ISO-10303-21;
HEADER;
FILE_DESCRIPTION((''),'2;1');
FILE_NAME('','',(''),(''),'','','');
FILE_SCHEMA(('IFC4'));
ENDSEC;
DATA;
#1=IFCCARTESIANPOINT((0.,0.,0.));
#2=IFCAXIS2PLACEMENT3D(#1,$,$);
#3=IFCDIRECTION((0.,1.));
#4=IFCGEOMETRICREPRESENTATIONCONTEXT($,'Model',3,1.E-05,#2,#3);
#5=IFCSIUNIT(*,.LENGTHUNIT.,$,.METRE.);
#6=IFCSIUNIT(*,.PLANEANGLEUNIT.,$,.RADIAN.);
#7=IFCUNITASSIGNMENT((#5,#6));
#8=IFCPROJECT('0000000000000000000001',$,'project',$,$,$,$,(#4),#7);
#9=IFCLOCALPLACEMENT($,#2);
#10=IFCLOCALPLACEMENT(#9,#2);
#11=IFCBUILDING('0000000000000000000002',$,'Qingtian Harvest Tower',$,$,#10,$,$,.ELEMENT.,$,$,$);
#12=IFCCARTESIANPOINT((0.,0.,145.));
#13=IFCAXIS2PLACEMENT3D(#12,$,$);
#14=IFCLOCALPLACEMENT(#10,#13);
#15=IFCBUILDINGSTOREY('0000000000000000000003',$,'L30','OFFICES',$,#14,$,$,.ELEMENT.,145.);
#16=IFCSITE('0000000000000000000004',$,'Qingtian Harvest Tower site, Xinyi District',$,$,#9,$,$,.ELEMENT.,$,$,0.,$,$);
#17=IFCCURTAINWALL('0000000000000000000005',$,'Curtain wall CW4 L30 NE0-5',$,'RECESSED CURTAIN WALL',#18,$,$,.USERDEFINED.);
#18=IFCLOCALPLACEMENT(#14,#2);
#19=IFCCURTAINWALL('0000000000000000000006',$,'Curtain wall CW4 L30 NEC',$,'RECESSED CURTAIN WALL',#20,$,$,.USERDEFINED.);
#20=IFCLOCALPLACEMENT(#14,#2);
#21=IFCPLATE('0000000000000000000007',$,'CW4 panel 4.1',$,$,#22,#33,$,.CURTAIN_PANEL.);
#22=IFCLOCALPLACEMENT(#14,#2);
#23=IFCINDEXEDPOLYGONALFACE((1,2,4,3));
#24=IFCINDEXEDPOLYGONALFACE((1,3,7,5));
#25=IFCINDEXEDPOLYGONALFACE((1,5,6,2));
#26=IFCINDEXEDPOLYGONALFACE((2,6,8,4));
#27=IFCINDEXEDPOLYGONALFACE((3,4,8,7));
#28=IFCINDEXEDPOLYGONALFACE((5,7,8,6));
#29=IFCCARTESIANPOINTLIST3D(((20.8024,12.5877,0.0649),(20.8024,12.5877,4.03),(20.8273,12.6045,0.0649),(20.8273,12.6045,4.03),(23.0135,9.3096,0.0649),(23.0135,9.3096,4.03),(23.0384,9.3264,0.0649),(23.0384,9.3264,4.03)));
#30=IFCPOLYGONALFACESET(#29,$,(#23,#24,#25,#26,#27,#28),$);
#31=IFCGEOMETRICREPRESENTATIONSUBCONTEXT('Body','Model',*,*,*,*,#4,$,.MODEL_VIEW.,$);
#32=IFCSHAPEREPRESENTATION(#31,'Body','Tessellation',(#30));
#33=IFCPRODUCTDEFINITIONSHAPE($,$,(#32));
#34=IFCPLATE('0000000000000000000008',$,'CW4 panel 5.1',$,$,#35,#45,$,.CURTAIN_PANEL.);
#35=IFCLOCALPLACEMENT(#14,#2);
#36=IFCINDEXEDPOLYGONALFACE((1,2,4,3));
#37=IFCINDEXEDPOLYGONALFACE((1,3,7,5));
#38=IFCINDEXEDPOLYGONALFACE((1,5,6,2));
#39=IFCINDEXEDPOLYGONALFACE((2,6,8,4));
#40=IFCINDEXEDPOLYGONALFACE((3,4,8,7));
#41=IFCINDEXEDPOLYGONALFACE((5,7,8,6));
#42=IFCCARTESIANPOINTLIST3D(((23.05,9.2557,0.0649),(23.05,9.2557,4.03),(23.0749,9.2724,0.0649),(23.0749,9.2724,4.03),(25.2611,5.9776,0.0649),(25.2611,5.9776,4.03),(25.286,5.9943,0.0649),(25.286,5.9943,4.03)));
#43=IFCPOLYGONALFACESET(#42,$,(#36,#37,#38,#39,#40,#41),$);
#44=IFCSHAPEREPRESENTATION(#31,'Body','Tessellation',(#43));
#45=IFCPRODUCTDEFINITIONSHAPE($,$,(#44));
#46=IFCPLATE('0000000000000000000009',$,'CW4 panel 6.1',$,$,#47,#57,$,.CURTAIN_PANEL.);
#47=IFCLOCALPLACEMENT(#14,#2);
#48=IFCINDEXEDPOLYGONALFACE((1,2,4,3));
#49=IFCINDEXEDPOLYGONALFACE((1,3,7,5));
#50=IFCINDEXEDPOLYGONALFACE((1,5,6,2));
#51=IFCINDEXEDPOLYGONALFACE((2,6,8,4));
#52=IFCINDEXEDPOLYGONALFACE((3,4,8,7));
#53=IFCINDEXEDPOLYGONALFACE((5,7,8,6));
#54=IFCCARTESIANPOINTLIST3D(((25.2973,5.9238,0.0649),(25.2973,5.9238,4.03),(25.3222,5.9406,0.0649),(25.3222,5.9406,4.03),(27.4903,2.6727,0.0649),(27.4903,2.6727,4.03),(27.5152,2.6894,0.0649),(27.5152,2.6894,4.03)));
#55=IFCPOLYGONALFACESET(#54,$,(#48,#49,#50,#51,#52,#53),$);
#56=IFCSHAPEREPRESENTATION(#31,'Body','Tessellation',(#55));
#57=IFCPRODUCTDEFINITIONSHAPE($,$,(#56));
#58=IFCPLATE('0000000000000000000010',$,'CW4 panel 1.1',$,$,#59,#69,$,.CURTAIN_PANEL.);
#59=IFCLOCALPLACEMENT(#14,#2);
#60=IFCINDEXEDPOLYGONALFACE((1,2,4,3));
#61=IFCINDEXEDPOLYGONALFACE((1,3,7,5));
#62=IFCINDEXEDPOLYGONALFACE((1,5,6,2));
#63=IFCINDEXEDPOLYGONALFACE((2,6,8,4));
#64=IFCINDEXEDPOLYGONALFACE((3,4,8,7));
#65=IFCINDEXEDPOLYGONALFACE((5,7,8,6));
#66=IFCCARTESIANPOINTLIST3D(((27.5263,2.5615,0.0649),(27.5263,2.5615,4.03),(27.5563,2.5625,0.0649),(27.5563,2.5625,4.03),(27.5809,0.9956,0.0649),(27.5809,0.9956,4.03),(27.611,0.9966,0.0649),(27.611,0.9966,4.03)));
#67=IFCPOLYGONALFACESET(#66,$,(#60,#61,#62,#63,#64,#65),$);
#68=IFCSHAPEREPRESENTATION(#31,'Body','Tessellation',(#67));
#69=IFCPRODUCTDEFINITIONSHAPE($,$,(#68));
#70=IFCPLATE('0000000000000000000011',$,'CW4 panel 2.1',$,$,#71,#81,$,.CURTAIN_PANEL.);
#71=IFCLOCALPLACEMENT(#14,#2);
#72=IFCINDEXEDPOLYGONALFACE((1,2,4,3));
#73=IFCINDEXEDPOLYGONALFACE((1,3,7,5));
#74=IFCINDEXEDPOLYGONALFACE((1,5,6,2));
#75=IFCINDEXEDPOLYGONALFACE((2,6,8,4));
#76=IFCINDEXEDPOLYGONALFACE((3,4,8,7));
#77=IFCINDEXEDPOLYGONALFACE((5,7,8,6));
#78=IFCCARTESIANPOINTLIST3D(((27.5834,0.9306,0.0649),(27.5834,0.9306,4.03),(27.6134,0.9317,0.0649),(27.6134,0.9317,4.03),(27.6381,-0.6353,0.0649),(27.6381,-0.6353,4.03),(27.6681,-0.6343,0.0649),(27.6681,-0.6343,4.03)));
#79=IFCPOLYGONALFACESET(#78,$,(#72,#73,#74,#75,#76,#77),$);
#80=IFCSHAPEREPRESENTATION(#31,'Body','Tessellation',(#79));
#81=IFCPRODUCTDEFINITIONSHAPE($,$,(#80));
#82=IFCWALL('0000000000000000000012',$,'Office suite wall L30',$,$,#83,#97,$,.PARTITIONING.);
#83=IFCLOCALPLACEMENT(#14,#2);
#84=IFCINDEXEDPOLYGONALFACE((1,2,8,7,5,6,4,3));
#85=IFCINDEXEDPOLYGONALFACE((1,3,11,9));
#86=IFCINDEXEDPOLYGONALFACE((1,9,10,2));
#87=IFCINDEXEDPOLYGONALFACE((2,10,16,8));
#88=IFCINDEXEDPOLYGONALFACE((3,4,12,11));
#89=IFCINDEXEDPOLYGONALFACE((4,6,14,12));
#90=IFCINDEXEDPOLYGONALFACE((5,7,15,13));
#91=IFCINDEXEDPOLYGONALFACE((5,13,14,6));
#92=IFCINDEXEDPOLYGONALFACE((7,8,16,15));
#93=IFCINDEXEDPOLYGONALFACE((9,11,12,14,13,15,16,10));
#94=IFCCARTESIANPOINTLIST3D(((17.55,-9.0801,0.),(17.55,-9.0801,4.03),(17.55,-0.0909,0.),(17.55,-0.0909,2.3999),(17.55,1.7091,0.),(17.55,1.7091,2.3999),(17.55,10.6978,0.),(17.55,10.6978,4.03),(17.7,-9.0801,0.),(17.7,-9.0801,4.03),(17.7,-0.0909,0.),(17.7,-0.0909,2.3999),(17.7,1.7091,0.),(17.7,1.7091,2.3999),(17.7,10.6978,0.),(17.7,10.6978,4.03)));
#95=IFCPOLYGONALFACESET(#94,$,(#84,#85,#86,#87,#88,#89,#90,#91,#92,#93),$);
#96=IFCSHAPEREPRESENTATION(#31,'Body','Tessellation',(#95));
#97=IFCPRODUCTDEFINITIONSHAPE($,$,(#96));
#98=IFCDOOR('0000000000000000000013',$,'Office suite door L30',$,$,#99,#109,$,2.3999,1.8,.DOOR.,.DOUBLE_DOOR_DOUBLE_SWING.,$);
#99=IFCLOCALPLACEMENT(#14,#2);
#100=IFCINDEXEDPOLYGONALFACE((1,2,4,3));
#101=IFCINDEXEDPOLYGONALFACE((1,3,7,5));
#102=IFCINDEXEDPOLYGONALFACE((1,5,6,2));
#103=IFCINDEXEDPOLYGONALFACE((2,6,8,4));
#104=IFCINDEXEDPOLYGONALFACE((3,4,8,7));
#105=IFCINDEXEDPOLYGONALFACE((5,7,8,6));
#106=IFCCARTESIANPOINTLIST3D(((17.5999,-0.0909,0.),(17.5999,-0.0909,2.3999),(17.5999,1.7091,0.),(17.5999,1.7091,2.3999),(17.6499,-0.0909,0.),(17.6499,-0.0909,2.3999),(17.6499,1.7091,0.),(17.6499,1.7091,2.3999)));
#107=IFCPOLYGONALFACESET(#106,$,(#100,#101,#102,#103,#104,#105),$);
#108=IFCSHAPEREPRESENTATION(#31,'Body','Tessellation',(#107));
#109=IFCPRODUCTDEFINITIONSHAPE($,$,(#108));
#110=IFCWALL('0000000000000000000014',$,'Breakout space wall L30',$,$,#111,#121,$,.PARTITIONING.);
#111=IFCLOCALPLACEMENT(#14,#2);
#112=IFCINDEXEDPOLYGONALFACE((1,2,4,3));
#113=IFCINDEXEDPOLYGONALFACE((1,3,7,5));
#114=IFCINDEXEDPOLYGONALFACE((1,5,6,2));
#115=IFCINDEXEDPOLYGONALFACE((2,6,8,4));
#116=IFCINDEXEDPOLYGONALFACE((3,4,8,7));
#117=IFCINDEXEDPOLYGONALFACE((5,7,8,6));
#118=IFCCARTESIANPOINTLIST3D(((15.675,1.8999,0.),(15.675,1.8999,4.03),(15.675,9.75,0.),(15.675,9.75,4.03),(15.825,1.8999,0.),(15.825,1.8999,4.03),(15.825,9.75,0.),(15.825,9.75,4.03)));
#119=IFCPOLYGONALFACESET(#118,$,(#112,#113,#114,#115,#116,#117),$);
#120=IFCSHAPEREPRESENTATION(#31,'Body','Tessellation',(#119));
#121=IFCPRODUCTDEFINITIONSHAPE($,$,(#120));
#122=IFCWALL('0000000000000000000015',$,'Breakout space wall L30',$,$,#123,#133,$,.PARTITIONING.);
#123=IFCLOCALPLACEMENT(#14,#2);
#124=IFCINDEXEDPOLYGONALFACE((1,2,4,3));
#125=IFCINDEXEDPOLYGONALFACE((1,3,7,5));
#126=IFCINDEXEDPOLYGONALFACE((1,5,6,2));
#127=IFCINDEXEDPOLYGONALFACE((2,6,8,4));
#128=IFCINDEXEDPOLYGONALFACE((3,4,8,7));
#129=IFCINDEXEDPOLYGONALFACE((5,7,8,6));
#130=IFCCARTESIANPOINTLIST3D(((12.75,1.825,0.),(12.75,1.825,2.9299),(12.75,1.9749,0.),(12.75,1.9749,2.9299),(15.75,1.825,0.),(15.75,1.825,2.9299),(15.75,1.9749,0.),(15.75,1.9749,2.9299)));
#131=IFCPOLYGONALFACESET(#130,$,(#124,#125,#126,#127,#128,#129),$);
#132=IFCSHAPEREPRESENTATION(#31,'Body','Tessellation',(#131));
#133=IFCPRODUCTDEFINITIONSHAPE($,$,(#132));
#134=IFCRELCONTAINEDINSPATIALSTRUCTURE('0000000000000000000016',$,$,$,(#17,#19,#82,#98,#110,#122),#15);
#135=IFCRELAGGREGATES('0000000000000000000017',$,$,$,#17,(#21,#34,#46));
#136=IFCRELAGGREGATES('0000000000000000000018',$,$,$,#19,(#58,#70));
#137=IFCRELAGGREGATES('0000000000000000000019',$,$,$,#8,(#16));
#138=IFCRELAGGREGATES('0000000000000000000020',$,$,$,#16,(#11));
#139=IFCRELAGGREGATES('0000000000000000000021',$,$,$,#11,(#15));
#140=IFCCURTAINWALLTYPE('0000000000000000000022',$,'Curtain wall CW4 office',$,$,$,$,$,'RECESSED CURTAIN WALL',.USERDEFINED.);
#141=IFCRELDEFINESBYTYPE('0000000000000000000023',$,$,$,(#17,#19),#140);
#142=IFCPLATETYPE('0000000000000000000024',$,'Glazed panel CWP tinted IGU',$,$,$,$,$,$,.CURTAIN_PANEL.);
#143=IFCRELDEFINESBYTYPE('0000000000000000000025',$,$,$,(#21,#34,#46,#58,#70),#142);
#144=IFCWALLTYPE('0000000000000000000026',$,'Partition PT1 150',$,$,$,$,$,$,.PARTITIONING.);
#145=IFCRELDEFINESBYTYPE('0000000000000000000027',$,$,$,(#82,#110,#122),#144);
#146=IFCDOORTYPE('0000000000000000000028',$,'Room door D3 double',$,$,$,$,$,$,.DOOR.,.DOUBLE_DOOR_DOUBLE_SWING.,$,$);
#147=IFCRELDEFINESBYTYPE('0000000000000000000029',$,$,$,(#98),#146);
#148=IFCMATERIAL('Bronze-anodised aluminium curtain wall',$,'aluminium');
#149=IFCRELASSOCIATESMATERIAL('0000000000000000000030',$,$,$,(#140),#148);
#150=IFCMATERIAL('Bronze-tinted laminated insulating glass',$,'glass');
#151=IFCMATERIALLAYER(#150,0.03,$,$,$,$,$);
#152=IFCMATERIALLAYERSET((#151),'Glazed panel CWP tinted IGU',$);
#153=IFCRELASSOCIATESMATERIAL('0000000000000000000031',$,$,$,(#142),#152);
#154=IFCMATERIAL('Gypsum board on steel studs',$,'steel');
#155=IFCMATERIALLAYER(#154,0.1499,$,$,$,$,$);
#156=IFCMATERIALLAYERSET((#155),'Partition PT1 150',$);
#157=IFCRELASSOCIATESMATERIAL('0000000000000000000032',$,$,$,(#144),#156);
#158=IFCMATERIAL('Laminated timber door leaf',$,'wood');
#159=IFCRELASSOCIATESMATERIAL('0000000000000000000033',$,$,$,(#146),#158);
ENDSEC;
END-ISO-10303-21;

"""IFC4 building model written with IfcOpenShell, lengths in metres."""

from ifc_helpers import new_model, si_unit, direction, frame, frame_2d, origin, origin_2d, place, context, subcontext, project, spatial, rectangle, extrude, material, layer, layer_set, type_object, element, fill, aggregate, save


model = new_model("IFC4")

# Units and contexts
model_context = context("Model", 3, precision=1e-05, world=origin(), true_north=direction((0.0, 1.0)))
body_context = subcontext(model_context, "Body", "Model", "MODEL_VIEW")
ifc_project = project(units=[si_unit("LENGTHUNIT", "METRE"), si_unit("PLANEANGLEUNIT", "RADIAN")], contexts=[model_context])

# Site, building, storey
site_placement = place(None, origin())
site = spatial("IfcSite", under=ifc_project, at=site_placement, Name="Qingtian Harvest Tower site, Xinyi District", CompositionType="ELEMENT", RefElevation=0.0)
building_placement = place(site_placement, origin())
building = spatial("IfcBuilding", under=site, at=building_placement, Name="Qingtian Harvest Tower", CompositionType="ELEMENT")
storey_placement = place(building_placement, frame((0.0, 0.0, 145.0)))
storey = spatial("IfcBuildingStorey", under=building, at=storey_placement, Name="L30", Description="OFFICES", CompositionType="ELEMENT", Elevation=145.0)

# Curtain walls
ifc_material_1 = material(Name="Bronze-anodised aluminium curtain wall", Category="aluminium")
curtain_wall_type = type_object("IfcCurtainWallType", Name="Curtain wall CW4 office", ElementType="RECESSED CURTAIN WALL", PredefinedType="USERDEFINED", material=ifc_material_1)
curtain_wall_1_placement = place(storey_placement, origin())
curtain_wall_1 = element("IfcCurtainWall", 1, at=curtain_wall_1_placement, inside=storey, type_object=curtain_wall_type, Name="Curtain wall CW4 L30 NE0-5", ObjectType="RECESSED CURTAIN WALL", PredefinedType="USERDEFINED")
curtain_wall_2_placement = place(storey_placement, origin())
curtain_wall_2 = element("IfcCurtainWall", 2, at=curtain_wall_2_placement, inside=storey, type_object=curtain_wall_type, Name="Curtain wall CW4 L30 NEC", ObjectType="RECESSED CURTAIN WALL", PredefinedType="USERDEFINED")

# Plates
ifc_material_2 = material(Name="Bronze-tinted laminated insulating glass", Category="glass")
ifc_layer_1 = layer(ifc_material_2, 0.03)
ifc_layer_set_1 = layer_set([ifc_layer_1], Name="Glazed panel CWP tinted IGU")
plate_type = type_object("IfcPlateType", Name="Glazed panel CWP tinted IGU", PredefinedType="CURTAIN_PANEL", material=ifc_layer_set_1)
plate_1_placement = place(storey_placement, frame((21.9204, 10.957, 0.0649), z_axis=(0.0, 0.0, 1.0), x_axis=(0.559193, -0.829038, 0.0)))
plate_1 = element("IfcPlate", 3, at=plate_1_placement, type_object=plate_type, Name="CW4 panel 4.1", PredefinedType="CURTAIN_PANEL", context=body_context, shape_type="SweptSolid", body=[
    extrude(rectangle(XDim=3.9541, YDim=0.03, at=origin_2d()), origin(), (0.0, 0.0, 1.0), 3.9651),
])
plate_2_placement = place(storey_placement, frame((24.168, 7.625, 0.0649), z_axis=(0.0, 0.0, 1.0), x_axis=(0.559193, -0.829038, 0.0)))
plate_2 = element("IfcPlate", 4, at=plate_2_placement, type_object=plate_type, Name="CW4 panel 5.1", PredefinedType="CURTAIN_PANEL", context=body_context, shape_type="SweptSolid", body=[
    extrude(rectangle(XDim=3.9541, YDim=0.03, at=origin_2d()), origin(), (0.0, 0.0, 1.0), 3.9651),
])
plate_3_placement = place(storey_placement, frame((26.4062, 4.3066, 0.0649), z_axis=(0.0, 0.0, 1.0), x_axis=(0.559193, -0.829038, 0.0)))
plate_3 = element("IfcPlate", 5, at=plate_3_placement, type_object=plate_type, Name="CW4 panel 6.1", PredefinedType="CURTAIN_PANEL", context=body_context, shape_type="SweptSolid", body=[
    extrude(rectangle(XDim=3.9216, YDim=0.03, at=origin_2d()), origin(), (0.0, 0.0, 1.0), 3.9651),
])
aggregate(curtain_wall_1, [plate_1, plate_2, plate_3])
plate_4_placement = place(storey_placement, frame((27.5686, 1.7791, 0.0649), z_axis=(0.0, 0.0, 1.0), x_axis=(0.034899, -0.999391, 0.0)))
plate_4 = element("IfcPlate", 6, at=plate_4_placement, type_object=plate_type, Name="CW4 panel 1.1", PredefinedType="CURTAIN_PANEL", context=body_context, shape_type="SweptSolid", body=[
    extrude(rectangle(XDim=1.5669, YDim=0.03, at=origin_2d()), origin(), (0.0, 0.0, 1.0), 3.9651),
])
plate_5_placement = place(storey_placement, frame((27.6257, 0.1482, 0.0649), z_axis=(0.0, 0.0, 1.0), x_axis=(0.034899, -0.999391, 0.0)))
plate_5 = element("IfcPlate", 7, at=plate_5_placement, type_object=plate_type, Name="CW4 panel 2.1", PredefinedType="CURTAIN_PANEL", context=body_context, shape_type="SweptSolid", body=[
    extrude(rectangle(XDim=1.5669, YDim=0.03, at=origin_2d()), origin(), (0.0, 0.0, 1.0), 3.9651),
])
aggregate(curtain_wall_2, [plate_4, plate_5])

# Wall, opening, door
ifc_material_3 = material(Name="Gypsum board on steel studs", Category="steel")
ifc_layer_2 = layer(ifc_material_3, 0.1499)
ifc_layer_set_2 = layer_set([ifc_layer_2], Name="Partition PT1 150")
wall_type = type_object("IfcWallType", Name="Partition PT1 150", PredefinedType="PARTITIONING", material=ifc_layer_set_2)
wall_1_placement = place(storey_placement, frame((17.625, 10.6978, 0.0), z_axis=(0.0, 0.0, 1.0), x_axis=(0.0, -1.0, 0.0)))
wall_1 = element("IfcWall", 8, at=wall_1_placement, inside=storey, type_object=wall_type, Name="Office suite wall L30", PredefinedType="PARTITIONING", context=body_context, shape_type="SweptSolid", body=[
    extrude(rectangle(XDim=19.7778, YDim=0.1499, at=frame_2d((9.8889, 0.0))), origin(), (0.0, 0.0, 1.0), 4.03),
])
opening_placement = place(wall_1_placement, frame((8.9888, 0.0, 0.0)))
opening = element("IfcOpeningElement", 9, at=opening_placement, cuts=wall_1, PredefinedType="OPENING", context=body_context, shape_type="SweptSolid", body=[
    extrude(rectangle(XDim=1.8, YDim=2.3999, at=frame_2d((0.8999, 1.2))), frame((0.0, 0.085, 0.0), z_axis=(0.0, -1.0, 0.0), x_axis=(1.0, 0.0, 0.0)), (0.0, 0.0, 1.0), 0.1699),
])
ifc_material_4 = material(Name="Laminated timber door leaf", Category="wood")
door_type = type_object("IfcDoorType", Name="Room door D3 double", OperationType="DOUBLE_DOOR_DOUBLE_SWING", PredefinedType="DOOR", material=ifc_material_4)
door_placement = place(opening_placement, origin())
door = element("IfcDoor", 10, at=door_placement, inside=storey, type_object=door_type, Name="Office suite door L30", OperationType="DOUBLE_DOOR_DOUBLE_SWING", OverallHeight=2.3999, OverallWidth=1.8, PredefinedType="DOOR", context=body_context, shape_type="SweptSolid", body=[
    extrude(rectangle(XDim=1.8, YDim=2.3999, at=frame_2d((0.8999, 1.2))), frame((0.0, 0.0249, 0.0), z_axis=(0.0, -1.0, 0.0), x_axis=(1.0, 0.0, 0.0)), (0.0, 0.0, 1.0), 0.05),
])
fill(opening, door)

# Walls
wall_2_placement = place(storey_placement, frame((15.75, 1.8999, 0.0), z_axis=(0.0, 0.0, 1.0), x_axis=(0.0, 1.0, 0.0)))
element("IfcWall", 11, at=wall_2_placement, inside=storey, type_object=wall_type, Name="Breakout space wall L30", PredefinedType="PARTITIONING", context=body_context, shape_type="SweptSolid", body=[
    extrude(rectangle(XDim=7.8501, YDim=0.1499, at=frame_2d((3.925, 0.0))), origin(), (0.0, 0.0, 1.0), 4.03),
])
wall_3_placement = place(storey_placement, frame((12.75, 1.8999, 0.0), z_axis=(0.0, 0.0, 1.0), x_axis=(1.0, 0.0, 0.0)))
element("IfcWall", 12, at=wall_3_placement, inside=storey, type_object=wall_type, Name="Breakout space wall L30", PredefinedType="PARTITIONING", context=body_context, shape_type="SweptSolid", body=[
    extrude(rectangle(XDim=3.0, YDim=0.1499, at=frame_2d((1.5, 0.0))), origin(), (0.0, 0.0, 1.0), 2.9299),
])

save(model, "model.ifc")
